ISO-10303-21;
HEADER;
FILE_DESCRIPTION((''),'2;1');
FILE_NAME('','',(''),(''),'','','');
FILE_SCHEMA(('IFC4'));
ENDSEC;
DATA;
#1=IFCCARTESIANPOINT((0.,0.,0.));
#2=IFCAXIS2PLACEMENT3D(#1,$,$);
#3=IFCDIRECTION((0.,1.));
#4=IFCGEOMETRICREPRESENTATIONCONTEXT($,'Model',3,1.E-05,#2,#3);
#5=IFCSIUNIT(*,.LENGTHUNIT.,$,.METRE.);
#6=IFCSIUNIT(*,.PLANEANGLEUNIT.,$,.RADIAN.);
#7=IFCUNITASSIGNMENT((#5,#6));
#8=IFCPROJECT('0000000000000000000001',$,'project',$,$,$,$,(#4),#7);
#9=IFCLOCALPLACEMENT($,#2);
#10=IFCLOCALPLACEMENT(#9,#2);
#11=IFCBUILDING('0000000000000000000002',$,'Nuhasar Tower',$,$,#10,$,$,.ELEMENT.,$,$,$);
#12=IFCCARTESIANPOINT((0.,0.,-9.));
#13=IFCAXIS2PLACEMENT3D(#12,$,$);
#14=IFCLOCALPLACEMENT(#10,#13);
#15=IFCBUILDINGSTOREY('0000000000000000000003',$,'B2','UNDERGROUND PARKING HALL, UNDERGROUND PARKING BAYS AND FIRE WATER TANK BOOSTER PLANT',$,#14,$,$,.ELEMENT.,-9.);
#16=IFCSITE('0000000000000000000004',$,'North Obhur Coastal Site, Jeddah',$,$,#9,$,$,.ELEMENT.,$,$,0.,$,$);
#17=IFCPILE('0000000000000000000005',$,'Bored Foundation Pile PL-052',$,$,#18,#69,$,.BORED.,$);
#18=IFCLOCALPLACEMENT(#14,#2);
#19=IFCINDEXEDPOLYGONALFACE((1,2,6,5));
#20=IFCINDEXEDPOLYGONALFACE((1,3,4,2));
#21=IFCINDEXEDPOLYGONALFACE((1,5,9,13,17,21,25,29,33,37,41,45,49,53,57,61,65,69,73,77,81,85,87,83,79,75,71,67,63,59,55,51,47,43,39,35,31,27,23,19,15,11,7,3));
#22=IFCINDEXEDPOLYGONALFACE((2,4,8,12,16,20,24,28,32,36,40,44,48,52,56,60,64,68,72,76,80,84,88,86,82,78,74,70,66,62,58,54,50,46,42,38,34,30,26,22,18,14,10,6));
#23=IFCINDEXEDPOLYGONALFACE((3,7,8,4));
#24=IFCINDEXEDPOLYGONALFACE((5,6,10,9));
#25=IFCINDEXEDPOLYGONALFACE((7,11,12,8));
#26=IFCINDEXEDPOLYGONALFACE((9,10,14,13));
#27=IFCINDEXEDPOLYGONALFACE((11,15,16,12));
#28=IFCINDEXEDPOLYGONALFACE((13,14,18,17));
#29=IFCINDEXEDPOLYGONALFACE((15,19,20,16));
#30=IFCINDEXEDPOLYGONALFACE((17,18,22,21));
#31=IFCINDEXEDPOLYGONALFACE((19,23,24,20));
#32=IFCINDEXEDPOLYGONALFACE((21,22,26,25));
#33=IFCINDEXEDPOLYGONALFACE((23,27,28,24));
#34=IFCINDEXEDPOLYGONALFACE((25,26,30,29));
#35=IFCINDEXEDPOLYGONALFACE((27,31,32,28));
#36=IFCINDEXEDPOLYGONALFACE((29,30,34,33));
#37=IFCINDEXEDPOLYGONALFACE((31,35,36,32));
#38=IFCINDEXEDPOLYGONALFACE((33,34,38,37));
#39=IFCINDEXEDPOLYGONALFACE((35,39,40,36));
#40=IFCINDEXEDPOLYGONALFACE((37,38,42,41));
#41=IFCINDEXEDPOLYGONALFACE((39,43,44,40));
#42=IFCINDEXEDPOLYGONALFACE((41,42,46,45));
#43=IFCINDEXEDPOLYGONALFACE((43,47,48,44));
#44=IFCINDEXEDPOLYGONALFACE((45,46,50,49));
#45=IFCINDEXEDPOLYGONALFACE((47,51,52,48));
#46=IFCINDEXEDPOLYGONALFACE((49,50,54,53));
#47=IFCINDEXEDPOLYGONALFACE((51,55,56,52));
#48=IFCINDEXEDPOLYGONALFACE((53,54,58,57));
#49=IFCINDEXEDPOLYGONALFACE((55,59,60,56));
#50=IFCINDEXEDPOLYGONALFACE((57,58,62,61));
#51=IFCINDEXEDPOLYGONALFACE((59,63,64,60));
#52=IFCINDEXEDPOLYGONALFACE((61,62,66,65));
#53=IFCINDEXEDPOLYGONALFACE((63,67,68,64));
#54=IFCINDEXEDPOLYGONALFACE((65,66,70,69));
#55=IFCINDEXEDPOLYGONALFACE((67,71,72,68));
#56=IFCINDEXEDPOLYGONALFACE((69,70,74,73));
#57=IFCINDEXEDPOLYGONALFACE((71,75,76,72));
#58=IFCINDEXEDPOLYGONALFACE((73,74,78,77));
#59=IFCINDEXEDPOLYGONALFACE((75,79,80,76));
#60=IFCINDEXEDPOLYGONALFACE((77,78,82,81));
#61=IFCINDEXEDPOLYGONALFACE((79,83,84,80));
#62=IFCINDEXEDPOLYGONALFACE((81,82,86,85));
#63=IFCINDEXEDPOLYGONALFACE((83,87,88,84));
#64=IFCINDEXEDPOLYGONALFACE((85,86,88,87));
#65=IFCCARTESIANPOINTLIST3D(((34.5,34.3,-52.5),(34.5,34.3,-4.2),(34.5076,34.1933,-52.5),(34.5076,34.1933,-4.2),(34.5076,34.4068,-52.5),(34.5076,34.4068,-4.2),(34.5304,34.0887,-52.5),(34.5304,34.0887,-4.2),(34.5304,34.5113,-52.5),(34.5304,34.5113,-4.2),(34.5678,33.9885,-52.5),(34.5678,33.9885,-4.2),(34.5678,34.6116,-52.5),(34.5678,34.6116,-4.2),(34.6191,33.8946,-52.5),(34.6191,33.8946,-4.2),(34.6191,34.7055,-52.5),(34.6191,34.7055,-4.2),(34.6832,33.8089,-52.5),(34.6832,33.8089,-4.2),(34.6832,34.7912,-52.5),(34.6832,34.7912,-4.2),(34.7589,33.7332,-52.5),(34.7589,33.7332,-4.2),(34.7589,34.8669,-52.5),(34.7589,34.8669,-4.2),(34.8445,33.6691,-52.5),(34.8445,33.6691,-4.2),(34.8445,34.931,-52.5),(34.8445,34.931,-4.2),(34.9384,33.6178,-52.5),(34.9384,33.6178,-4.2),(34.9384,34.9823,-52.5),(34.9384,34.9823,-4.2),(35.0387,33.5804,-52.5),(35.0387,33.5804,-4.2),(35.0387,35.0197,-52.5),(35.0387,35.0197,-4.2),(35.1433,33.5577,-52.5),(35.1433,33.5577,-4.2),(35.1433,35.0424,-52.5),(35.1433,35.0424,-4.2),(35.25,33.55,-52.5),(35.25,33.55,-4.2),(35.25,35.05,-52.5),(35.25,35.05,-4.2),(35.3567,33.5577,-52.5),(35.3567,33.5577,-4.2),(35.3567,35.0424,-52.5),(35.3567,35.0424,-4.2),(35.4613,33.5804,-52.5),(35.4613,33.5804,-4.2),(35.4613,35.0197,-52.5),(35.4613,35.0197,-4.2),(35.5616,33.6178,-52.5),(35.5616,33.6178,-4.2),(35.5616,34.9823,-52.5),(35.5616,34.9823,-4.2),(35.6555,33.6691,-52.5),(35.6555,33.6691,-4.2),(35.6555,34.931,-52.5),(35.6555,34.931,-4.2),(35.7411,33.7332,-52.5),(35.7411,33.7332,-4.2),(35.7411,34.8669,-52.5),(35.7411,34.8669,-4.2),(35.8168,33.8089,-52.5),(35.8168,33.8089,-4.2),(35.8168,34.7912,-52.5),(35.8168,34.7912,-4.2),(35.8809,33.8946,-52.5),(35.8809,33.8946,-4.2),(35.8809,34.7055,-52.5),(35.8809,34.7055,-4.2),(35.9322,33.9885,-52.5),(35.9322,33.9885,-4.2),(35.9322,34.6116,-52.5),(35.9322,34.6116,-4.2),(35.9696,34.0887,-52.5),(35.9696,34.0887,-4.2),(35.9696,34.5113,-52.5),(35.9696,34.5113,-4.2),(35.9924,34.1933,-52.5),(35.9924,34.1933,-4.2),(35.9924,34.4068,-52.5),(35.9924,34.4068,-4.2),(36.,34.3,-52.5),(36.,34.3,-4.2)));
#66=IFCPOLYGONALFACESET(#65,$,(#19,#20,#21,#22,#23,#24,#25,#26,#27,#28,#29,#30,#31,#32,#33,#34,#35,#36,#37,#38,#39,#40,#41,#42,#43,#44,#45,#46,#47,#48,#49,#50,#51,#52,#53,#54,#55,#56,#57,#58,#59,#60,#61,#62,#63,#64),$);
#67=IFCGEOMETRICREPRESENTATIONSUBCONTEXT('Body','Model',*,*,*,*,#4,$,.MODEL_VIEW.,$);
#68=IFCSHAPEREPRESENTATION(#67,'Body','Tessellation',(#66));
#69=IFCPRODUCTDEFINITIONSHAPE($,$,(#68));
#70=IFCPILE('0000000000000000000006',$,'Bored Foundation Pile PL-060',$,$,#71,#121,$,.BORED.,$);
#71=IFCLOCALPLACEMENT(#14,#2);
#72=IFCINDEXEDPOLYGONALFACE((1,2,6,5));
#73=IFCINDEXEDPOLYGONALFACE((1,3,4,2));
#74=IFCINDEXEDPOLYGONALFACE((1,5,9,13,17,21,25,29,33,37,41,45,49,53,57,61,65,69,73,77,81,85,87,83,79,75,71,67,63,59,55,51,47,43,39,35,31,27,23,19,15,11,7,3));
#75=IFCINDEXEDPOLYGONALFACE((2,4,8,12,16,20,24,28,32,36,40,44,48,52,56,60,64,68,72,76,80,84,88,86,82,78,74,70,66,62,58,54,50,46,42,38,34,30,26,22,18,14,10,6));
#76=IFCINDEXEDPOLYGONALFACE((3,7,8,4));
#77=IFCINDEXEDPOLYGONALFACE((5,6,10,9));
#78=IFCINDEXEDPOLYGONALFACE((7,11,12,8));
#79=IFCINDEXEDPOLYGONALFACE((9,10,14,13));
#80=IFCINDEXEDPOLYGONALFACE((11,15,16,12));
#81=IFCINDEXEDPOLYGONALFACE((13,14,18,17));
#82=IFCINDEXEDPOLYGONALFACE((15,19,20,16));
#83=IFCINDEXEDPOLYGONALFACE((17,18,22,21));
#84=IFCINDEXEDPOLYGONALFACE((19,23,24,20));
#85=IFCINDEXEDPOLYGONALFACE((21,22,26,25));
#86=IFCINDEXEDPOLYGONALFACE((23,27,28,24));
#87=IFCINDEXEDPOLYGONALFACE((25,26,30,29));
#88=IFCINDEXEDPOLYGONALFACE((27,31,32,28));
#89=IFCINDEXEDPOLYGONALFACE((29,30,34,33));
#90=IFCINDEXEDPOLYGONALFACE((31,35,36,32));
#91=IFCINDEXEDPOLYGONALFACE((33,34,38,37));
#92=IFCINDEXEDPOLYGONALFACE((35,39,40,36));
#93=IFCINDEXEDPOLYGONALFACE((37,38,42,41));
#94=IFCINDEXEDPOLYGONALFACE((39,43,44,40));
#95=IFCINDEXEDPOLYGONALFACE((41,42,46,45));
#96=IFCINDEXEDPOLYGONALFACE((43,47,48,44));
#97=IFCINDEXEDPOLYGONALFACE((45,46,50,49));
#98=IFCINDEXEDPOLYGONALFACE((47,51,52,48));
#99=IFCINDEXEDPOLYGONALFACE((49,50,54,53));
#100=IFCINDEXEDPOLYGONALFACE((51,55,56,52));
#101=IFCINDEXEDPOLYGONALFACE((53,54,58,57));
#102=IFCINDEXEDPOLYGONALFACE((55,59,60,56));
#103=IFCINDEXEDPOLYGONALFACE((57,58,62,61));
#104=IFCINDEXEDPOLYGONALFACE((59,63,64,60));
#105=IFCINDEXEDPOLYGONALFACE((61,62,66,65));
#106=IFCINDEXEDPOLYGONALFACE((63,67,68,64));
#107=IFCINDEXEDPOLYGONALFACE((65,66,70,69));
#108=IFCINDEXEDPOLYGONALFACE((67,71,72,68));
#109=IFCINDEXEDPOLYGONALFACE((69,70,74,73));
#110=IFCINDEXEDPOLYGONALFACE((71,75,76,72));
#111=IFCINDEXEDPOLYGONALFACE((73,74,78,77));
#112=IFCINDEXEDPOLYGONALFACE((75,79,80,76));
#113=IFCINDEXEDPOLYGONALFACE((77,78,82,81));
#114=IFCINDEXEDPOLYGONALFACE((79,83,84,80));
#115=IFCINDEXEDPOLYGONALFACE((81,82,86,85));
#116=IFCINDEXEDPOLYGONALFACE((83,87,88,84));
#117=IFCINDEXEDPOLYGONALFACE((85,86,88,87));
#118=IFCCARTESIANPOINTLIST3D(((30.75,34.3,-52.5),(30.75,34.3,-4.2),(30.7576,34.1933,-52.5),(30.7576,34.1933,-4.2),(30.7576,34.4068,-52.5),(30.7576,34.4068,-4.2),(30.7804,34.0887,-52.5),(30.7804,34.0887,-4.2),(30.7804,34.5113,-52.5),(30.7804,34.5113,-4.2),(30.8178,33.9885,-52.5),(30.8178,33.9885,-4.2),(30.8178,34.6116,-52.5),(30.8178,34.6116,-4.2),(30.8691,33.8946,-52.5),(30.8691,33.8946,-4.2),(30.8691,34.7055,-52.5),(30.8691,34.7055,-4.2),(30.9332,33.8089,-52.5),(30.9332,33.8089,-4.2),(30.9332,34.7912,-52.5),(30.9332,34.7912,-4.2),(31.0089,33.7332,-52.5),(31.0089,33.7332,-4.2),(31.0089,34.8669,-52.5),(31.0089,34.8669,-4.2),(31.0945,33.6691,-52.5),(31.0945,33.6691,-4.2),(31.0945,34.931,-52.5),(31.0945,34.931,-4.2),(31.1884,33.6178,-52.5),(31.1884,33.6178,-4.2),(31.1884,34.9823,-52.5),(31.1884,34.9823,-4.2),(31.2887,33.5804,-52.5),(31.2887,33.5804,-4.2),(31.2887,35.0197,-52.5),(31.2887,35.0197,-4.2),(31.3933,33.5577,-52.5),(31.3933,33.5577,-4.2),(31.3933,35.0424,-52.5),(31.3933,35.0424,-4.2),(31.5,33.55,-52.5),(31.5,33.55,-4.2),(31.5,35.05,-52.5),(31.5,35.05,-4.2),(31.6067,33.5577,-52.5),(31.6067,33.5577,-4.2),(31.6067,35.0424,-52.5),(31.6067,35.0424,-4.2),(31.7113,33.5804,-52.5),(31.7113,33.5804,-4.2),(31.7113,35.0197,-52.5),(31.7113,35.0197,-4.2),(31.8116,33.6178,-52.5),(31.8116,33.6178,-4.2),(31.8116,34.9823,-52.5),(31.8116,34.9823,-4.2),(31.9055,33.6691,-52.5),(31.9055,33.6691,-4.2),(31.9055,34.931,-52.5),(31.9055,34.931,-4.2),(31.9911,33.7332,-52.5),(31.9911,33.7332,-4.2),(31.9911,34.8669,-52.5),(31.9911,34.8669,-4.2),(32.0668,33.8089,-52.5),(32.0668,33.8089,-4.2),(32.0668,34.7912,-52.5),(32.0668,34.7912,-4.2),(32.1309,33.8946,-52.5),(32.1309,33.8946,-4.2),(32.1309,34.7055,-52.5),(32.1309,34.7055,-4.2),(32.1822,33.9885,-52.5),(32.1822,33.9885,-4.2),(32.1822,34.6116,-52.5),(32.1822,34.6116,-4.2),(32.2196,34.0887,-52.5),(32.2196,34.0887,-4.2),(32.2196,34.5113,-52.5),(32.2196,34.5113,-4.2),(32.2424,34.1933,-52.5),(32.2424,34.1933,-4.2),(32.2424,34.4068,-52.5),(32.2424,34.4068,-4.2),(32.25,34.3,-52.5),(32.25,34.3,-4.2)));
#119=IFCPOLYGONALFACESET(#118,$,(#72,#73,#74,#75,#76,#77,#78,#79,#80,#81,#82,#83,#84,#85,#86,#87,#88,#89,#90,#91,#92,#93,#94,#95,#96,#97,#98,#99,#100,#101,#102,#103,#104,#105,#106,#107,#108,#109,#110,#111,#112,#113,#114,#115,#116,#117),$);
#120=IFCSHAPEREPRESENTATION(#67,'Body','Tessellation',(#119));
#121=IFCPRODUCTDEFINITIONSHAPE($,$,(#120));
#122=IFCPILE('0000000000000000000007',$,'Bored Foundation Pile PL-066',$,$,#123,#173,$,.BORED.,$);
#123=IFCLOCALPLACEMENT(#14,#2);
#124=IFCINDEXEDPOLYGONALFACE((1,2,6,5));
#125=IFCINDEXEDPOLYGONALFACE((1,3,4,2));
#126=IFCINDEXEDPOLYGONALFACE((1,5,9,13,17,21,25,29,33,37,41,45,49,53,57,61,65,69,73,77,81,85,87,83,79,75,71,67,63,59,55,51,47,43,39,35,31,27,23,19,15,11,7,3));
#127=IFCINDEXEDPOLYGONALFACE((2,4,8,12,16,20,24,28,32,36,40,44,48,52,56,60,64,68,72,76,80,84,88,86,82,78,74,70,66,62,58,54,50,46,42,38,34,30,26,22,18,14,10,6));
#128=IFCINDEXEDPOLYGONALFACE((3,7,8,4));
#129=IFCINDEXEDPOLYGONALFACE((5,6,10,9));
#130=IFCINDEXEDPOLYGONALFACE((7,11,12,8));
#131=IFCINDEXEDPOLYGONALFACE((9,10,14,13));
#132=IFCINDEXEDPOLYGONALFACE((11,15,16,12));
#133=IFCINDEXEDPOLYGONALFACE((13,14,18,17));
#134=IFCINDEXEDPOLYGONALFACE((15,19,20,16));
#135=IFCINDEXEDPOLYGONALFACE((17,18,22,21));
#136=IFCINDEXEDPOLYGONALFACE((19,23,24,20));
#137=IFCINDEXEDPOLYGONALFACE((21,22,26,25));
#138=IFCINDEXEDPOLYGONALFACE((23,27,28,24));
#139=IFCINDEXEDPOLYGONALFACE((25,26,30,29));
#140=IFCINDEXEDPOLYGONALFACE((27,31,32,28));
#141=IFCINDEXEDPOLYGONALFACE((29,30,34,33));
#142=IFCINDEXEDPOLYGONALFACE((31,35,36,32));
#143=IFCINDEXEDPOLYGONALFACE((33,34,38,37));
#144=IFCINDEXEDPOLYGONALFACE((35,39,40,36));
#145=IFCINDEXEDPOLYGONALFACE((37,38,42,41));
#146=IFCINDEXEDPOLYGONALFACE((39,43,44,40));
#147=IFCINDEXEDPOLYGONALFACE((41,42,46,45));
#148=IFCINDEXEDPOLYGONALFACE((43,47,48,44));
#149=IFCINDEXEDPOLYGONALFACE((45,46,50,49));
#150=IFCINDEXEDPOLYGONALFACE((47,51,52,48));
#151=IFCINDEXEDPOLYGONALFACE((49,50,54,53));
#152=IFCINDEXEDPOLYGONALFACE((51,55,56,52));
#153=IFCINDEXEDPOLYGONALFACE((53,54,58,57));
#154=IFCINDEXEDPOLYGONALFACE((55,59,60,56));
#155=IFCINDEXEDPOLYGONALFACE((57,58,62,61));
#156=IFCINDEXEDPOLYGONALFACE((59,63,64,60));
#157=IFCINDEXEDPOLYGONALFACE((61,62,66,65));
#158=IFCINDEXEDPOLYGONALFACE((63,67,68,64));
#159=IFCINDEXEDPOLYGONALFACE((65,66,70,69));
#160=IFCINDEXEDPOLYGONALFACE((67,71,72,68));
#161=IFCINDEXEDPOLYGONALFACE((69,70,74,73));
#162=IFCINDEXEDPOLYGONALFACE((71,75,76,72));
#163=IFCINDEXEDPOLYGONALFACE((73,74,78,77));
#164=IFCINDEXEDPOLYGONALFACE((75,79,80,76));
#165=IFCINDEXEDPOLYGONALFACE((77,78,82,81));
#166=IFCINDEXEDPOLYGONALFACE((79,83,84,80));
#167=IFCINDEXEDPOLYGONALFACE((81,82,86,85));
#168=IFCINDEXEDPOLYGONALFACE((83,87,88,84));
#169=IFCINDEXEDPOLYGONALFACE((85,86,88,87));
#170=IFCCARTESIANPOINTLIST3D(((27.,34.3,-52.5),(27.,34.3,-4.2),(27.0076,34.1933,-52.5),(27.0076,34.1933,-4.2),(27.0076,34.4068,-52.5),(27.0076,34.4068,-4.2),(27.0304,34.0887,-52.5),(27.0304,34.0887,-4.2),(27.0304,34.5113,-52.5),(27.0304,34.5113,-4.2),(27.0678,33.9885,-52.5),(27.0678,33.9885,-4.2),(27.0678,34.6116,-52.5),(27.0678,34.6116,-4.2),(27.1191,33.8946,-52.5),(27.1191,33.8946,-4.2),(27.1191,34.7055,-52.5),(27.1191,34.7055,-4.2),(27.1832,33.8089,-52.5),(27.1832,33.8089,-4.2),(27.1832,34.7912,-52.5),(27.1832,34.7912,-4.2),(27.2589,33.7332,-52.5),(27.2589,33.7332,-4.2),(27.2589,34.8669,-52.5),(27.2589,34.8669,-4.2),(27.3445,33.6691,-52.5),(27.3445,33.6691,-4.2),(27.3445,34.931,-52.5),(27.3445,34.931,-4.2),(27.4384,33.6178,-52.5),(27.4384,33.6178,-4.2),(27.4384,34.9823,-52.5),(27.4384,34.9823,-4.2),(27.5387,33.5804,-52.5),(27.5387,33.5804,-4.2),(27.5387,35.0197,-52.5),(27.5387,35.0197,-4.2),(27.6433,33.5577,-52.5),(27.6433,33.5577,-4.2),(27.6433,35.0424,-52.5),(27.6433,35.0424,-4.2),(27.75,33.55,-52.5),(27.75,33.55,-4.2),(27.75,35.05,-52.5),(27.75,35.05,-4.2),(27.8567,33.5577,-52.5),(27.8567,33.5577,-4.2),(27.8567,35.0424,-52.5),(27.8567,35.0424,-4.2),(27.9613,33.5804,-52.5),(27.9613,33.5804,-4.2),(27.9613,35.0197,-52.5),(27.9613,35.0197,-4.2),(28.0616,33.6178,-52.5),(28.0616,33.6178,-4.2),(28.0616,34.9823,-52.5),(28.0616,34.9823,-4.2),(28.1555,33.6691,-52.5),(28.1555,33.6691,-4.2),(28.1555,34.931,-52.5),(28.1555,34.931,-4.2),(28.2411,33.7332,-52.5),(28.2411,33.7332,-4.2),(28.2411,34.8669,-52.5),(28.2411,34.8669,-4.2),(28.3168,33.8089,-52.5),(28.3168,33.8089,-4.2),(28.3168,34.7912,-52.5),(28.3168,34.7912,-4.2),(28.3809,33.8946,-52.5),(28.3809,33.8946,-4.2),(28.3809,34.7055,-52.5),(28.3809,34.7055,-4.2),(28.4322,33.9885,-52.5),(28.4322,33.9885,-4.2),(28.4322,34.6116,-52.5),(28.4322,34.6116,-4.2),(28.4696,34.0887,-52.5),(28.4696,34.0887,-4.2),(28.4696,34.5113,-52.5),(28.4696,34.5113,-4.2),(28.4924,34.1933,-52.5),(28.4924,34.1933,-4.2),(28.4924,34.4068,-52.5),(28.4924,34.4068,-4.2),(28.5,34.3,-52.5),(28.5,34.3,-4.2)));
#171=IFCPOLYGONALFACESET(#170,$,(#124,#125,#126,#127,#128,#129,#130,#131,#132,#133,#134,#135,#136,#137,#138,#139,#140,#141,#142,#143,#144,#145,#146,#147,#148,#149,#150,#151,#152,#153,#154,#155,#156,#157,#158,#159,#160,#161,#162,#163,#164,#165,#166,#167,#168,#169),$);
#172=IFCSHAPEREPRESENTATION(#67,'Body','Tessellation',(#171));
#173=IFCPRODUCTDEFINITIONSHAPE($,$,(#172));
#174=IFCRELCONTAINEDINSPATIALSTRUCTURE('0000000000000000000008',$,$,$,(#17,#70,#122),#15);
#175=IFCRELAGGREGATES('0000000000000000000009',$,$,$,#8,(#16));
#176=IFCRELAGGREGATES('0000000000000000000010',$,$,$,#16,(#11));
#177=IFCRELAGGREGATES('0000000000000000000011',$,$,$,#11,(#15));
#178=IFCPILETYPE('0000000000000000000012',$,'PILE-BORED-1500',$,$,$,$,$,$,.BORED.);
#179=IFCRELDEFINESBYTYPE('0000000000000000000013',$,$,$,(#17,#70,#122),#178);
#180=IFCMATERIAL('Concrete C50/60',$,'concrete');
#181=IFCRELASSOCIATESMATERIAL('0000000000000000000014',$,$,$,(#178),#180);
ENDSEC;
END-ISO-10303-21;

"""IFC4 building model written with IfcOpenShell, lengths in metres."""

from ifc_helpers import new_model, si_unit, direction, frame, origin, origin_2d, place, context, subcontext, project, spatial, circle, extrude, material, material_profile, profile_set, type_object, element, save


model = new_model("IFC4")

# Units and contexts
model_context = context("Model", 3, precision=1e-05, world=origin(), true_north=direction((0.0, 1.0)))
body_context = subcontext(model_context, "Body", "Model", "MODEL_VIEW")
ifc_project = project(units=[si_unit("LENGTHUNIT", "METRE"), si_unit("PLANEANGLEUNIT", "RADIAN")], contexts=[model_context])

# Site, building, storey
site_placement = place(None, origin())
site = spatial("IfcSite", under=ifc_project, at=site_placement, Name="North Obhur Coastal Site, Jeddah", CompositionType="ELEMENT", RefElevation=0.0)
building_placement = place(site_placement, origin())
building = spatial("IfcBuilding", under=site, at=building_placement, Name="Nuhasar Tower", CompositionType="ELEMENT")
storey_placement = place(building_placement, frame((0.0, 0.0, -9.0)))
storey = spatial("IfcBuildingStorey", under=building, at=storey_placement, Name="B2", Description="UNDERGROUND PARKING HALL, UNDERGROUND PARKING BAYS AND FIRE WATER TANK BOOSTER PLANT", CompositionType="ELEMENT", Elevation=-9.0)

# Piles
ifc_material_1 = material(Name="Concrete C50/60", Category="concrete")
ifc_material_profile_1 = material_profile(ifc_material_1, circle(Radius=0.75, at=origin_2d()), Name="PILE1500")
ifc_profile_set_1 = profile_set([ifc_material_profile_1], Name="Concrete C50/60")
pile_type = type_object("IfcPileType", Name="PILE-BORED-1500", PredefinedType="BORED", material=ifc_profile_set_1)
for number, where, z_axis, x_axis, name in (
    (1, (35.25, 34.3, -4.2), (0.0, 0.0, -1.0), (1.0, 0.0, 0.0), "Bored Foundation Pile PL-052"),
    (2, (31.5, 34.3, -4.2), (0.0, 0.0, -1.0), (1.0, 0.0, 0.0), "Bored Foundation Pile PL-060"),
    (3, (27.75, 34.3, -4.2), (0.0, 0.0, -1.0), (1.0, 0.0, 0.0), "Bored Foundation Pile PL-066"),
):
    element("IfcPile", number, at=place(storey_placement, frame(where, z_axis=z_axis, x_axis=x_axis)), inside=storey, type_object=pile_type, Name=name, PredefinedType="BORED", context=body_context, shape_type="SweptSolid", body=[
        extrude(circle(Radius=0.75, at=origin_2d()), origin(), (0.0, 0.0, 1.0), 48.3),
    ])

save(model, "model.ifc")
